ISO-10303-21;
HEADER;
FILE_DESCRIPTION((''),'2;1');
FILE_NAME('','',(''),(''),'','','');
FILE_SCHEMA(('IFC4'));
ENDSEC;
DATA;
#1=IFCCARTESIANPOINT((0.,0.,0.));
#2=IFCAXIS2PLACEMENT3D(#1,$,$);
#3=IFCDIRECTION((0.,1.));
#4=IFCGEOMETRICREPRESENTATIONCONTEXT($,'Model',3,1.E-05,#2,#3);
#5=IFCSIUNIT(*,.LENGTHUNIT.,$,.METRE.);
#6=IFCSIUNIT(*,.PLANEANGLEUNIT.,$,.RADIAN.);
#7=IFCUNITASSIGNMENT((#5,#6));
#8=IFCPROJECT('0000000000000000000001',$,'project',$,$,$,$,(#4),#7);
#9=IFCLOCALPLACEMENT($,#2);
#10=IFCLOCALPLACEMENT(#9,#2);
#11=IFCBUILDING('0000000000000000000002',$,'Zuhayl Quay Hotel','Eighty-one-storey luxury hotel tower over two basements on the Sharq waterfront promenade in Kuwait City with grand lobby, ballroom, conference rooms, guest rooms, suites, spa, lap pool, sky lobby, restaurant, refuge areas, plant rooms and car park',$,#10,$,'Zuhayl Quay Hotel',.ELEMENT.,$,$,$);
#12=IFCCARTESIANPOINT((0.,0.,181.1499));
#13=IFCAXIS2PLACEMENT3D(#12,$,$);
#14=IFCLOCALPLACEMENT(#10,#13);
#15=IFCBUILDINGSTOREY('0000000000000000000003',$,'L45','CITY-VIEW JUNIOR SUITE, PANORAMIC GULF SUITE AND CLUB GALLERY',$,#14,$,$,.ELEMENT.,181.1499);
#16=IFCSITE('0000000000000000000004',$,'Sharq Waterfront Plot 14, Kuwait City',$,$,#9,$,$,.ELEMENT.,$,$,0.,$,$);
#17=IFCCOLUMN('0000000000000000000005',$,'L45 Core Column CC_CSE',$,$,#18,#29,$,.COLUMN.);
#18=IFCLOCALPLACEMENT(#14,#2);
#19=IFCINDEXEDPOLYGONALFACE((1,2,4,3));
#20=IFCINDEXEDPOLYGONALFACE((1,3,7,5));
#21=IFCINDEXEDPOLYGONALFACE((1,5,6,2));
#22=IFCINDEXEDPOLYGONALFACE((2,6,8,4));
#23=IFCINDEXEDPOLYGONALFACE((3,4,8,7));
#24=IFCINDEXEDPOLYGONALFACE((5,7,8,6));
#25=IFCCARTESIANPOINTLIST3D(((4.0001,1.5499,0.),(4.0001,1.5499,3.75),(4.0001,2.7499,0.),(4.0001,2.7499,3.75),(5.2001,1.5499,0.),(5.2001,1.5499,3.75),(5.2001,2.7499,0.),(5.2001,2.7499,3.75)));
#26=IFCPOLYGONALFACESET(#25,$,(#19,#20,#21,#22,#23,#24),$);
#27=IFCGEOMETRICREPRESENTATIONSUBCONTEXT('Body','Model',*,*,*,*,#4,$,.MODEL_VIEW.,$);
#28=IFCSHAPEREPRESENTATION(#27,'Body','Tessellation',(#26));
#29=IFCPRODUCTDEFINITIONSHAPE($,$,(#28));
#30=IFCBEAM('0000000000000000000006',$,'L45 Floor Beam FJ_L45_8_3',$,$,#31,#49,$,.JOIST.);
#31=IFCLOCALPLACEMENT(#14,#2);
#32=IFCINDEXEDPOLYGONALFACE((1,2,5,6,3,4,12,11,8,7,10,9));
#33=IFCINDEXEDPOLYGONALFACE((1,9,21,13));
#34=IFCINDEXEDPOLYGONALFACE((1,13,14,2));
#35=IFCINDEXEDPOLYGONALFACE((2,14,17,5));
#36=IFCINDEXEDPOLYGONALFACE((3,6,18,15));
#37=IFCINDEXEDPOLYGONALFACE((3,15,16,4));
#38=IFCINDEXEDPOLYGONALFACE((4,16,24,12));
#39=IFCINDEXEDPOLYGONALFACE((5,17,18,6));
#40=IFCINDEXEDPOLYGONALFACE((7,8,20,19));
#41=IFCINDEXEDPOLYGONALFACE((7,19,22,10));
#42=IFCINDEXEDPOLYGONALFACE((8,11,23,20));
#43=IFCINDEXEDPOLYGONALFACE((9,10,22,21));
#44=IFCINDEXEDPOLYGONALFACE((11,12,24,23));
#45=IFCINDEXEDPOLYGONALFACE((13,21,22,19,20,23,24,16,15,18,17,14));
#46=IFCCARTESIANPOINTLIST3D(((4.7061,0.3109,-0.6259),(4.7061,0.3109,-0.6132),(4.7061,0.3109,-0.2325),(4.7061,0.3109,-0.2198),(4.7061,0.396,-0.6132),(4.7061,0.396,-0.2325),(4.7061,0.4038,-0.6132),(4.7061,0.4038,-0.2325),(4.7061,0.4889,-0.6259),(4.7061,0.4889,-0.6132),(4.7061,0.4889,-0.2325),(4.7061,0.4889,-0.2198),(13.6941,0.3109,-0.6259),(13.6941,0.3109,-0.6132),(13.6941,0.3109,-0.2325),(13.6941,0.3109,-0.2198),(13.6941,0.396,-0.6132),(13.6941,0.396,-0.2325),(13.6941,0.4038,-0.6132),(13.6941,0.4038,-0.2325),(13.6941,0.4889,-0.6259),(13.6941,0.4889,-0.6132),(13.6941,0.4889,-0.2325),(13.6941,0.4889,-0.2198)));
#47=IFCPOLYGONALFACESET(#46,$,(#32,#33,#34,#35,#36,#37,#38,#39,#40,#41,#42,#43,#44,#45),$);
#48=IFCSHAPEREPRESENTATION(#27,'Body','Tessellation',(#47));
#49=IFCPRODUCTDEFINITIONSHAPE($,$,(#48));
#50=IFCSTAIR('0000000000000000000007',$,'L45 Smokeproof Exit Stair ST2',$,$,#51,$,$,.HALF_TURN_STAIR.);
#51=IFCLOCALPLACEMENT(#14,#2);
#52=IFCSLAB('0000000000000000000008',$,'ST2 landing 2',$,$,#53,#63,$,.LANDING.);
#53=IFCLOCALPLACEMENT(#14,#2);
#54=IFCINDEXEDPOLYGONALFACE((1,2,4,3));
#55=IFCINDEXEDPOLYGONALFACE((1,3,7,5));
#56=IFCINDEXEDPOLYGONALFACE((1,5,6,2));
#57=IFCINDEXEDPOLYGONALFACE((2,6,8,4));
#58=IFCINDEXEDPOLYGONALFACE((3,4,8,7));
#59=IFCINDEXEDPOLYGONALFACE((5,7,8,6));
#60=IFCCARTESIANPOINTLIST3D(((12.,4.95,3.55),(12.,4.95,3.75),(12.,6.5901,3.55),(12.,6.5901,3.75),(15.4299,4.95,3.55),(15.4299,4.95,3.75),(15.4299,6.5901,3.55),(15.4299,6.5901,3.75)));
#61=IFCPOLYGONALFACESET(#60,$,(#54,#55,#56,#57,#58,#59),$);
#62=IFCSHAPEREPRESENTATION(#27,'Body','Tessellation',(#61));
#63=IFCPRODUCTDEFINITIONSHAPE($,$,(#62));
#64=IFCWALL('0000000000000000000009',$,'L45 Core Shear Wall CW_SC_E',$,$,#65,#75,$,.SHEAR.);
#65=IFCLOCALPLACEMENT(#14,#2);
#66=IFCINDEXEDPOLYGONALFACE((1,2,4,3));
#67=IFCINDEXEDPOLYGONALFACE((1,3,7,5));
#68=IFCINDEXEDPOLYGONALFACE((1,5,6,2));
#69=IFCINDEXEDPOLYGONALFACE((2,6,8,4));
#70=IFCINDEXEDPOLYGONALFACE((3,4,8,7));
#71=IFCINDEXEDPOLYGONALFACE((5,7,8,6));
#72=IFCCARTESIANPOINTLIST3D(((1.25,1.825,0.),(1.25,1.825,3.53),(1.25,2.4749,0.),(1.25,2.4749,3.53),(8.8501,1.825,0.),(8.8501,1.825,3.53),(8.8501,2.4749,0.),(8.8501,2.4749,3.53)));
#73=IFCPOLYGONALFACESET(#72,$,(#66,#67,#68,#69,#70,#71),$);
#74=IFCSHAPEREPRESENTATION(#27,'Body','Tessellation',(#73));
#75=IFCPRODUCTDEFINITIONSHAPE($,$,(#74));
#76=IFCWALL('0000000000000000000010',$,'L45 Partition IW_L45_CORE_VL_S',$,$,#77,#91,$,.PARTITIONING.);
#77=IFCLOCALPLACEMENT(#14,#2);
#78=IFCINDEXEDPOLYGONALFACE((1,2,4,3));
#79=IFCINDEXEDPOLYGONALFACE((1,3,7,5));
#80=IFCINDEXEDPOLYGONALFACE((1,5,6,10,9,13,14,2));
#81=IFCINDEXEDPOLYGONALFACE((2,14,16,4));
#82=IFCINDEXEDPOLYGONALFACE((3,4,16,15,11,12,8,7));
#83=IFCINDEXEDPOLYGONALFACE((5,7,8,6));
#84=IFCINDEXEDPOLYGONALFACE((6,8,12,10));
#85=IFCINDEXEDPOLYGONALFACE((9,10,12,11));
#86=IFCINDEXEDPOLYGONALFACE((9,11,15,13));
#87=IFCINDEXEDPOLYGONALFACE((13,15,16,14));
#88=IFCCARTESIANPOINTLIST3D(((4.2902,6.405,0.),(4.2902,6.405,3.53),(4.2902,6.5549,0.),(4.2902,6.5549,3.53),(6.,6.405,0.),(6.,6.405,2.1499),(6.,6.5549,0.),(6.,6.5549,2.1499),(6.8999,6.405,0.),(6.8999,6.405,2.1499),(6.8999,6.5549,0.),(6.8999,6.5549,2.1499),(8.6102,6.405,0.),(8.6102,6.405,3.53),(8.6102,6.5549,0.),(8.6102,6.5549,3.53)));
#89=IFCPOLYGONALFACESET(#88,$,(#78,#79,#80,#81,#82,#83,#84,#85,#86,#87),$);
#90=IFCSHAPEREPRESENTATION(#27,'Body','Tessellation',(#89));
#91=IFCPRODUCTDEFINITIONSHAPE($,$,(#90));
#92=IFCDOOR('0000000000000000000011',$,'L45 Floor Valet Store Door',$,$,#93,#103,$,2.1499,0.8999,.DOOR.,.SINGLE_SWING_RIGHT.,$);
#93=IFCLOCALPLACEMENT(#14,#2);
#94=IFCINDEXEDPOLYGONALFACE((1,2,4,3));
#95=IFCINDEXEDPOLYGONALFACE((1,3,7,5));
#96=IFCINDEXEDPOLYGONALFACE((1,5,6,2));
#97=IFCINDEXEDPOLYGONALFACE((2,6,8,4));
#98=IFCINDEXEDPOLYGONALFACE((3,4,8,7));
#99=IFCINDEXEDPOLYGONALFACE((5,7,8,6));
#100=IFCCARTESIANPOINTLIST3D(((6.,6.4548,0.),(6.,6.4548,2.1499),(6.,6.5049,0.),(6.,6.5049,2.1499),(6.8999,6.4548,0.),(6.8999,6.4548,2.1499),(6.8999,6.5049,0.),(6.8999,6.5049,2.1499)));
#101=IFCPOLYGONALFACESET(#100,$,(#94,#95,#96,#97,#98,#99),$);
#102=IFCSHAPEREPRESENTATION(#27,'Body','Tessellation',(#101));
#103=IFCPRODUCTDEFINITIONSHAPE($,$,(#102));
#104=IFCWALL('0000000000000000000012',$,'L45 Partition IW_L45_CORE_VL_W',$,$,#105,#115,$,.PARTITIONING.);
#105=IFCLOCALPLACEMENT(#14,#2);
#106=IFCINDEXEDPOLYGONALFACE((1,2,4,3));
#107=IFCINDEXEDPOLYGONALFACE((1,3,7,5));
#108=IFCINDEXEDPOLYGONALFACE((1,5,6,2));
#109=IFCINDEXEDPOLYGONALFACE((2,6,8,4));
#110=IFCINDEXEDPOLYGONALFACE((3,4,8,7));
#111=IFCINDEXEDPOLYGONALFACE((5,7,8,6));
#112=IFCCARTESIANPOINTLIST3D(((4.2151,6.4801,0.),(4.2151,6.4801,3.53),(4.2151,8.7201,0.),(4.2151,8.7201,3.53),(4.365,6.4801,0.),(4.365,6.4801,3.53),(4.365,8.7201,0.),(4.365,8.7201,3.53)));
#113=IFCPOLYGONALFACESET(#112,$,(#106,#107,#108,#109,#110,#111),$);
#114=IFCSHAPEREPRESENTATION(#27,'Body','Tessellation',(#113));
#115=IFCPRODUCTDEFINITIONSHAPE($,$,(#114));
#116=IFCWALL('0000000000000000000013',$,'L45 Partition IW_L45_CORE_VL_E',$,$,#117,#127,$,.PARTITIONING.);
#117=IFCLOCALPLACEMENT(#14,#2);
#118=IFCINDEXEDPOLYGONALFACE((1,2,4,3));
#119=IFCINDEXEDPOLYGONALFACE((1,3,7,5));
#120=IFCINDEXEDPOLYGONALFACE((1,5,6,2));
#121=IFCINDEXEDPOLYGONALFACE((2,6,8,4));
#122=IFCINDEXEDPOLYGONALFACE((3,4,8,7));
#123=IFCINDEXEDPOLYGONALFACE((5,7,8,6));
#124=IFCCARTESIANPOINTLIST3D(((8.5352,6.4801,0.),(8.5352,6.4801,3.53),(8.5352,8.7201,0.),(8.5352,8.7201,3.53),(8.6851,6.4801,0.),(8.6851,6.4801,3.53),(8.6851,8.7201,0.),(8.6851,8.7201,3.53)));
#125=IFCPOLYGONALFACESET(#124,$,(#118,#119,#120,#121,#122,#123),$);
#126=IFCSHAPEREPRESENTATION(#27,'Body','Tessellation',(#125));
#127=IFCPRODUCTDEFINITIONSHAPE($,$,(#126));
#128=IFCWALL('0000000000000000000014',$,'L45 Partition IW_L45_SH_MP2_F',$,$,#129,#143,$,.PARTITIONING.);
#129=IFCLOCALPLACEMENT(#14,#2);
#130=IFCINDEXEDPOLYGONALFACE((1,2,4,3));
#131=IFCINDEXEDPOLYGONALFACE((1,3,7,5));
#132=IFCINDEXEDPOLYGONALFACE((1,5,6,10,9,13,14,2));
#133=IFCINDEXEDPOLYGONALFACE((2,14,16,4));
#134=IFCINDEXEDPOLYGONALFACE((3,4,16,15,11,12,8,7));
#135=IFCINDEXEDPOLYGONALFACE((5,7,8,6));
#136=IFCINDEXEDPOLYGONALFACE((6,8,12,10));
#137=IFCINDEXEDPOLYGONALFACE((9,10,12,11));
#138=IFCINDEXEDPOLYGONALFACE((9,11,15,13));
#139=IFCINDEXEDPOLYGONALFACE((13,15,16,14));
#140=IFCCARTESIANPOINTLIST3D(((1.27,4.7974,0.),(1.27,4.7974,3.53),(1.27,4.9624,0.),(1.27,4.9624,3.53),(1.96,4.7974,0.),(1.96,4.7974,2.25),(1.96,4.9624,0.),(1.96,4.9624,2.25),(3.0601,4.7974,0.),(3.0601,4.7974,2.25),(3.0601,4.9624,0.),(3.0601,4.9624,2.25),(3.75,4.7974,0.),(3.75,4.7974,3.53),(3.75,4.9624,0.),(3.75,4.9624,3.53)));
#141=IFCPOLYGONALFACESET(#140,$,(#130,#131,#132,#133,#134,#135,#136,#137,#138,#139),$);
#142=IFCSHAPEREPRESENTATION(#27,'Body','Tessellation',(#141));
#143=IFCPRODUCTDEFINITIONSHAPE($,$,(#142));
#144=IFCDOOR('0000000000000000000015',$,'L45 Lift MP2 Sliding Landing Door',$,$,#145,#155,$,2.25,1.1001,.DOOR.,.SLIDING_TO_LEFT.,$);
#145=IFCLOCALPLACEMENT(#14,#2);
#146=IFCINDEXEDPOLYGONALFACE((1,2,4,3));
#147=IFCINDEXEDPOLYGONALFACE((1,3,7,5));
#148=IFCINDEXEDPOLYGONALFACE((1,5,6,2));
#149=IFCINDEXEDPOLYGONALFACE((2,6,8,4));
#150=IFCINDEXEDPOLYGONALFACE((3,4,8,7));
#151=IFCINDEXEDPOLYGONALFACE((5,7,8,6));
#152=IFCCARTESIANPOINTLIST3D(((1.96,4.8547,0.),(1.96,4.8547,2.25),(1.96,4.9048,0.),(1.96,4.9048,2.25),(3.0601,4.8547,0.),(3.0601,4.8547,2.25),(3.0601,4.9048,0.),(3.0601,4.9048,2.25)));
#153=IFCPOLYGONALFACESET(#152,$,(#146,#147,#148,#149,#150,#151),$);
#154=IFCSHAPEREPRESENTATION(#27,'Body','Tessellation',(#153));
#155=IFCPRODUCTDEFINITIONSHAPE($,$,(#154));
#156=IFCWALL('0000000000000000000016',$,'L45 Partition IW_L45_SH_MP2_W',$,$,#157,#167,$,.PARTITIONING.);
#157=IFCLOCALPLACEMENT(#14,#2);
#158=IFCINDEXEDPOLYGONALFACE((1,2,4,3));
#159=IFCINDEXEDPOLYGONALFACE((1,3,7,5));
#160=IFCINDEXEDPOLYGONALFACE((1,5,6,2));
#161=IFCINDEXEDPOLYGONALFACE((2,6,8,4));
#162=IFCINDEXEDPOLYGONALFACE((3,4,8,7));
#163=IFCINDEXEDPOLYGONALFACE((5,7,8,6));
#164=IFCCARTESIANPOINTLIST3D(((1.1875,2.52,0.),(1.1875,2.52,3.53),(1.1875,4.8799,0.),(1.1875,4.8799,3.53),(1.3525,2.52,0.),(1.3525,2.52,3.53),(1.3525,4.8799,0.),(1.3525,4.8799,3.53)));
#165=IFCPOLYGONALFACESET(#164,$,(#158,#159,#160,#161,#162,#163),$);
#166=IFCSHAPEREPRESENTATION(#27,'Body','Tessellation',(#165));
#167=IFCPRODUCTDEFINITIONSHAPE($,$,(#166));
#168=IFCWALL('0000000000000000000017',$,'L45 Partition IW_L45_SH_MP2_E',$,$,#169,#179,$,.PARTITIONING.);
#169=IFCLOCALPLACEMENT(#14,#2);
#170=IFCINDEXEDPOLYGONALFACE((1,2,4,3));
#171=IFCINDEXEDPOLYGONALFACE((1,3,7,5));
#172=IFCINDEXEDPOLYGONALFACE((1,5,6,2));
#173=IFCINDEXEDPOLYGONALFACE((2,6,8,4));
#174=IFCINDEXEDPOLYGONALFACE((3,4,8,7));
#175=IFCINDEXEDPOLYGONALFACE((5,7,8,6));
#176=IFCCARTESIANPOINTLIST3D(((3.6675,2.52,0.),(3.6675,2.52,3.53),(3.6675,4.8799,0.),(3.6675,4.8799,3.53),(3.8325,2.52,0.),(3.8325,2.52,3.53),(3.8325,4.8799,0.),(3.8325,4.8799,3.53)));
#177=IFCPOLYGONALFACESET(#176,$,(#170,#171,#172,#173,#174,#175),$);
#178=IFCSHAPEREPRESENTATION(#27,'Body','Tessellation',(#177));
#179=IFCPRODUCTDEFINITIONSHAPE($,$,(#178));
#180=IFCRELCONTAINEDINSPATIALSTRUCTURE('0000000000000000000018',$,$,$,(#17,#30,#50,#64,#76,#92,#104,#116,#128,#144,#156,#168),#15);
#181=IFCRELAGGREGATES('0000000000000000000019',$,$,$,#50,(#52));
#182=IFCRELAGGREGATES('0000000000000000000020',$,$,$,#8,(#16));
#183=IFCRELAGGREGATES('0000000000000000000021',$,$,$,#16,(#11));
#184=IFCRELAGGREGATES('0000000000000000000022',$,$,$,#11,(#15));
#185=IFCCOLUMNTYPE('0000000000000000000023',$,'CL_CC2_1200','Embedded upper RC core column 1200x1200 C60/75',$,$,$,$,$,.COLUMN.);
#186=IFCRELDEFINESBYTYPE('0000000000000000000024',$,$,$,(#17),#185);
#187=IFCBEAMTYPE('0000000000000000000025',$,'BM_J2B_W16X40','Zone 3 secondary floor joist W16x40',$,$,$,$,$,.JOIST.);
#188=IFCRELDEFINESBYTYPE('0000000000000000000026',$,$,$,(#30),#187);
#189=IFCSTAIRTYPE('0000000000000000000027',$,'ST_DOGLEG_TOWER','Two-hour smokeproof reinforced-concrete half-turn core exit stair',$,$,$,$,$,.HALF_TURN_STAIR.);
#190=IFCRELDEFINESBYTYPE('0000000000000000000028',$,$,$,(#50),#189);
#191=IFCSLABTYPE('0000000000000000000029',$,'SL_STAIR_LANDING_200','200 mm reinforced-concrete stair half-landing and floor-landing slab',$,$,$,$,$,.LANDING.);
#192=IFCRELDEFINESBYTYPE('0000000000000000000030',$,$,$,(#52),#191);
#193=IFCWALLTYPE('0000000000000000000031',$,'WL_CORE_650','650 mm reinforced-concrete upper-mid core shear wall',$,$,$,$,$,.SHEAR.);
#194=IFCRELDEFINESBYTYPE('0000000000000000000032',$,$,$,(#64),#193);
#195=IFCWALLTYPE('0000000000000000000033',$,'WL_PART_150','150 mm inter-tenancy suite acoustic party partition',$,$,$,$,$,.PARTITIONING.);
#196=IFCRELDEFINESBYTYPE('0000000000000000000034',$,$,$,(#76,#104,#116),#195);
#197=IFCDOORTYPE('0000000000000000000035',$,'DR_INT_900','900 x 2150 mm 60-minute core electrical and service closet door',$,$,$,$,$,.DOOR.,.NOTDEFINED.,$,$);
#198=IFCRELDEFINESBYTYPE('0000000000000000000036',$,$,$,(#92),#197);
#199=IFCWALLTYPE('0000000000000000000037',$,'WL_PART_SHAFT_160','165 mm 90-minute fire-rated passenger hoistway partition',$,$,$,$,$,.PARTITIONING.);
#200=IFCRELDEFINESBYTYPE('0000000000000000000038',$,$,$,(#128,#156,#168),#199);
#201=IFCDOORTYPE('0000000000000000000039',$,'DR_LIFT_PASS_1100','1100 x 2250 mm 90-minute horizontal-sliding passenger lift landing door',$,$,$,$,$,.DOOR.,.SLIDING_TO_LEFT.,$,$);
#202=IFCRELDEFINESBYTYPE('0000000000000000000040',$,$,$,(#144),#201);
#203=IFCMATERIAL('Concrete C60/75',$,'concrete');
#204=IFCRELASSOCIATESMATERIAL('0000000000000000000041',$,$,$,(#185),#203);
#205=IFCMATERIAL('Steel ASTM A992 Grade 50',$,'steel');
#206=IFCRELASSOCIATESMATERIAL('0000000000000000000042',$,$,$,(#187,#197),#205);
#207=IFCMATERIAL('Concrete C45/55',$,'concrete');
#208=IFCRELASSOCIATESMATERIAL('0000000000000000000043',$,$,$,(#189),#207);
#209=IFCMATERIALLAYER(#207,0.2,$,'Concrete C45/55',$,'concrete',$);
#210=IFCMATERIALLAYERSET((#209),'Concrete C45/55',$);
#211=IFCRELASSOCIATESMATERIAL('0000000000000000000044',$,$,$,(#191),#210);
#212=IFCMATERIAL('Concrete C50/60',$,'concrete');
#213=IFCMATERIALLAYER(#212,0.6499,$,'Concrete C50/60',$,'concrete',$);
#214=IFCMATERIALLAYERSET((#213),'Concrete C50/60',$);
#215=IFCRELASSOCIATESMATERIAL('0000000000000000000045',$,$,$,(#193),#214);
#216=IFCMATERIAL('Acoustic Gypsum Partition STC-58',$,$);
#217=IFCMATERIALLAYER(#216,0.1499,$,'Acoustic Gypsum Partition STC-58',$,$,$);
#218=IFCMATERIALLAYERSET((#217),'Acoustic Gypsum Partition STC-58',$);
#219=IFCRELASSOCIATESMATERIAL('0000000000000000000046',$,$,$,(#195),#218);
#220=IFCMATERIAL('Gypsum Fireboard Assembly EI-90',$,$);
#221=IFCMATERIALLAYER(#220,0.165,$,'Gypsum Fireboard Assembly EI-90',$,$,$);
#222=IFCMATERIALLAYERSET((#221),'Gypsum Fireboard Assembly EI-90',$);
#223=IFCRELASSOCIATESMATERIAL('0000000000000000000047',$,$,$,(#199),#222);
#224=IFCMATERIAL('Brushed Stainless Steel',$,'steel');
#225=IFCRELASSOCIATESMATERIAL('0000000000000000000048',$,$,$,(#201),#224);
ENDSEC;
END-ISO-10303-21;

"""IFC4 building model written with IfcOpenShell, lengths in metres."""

from ifc_helpers import new_model, si_unit, direction, frame, frame_2d, origin, origin_2d, place, context, subcontext, project, spatial, polyline, rectangle, i_section, outline, extrude, material, layer, layer_set, material_profile, profile_set, type_object, element, fill, aggregate, save


model = new_model("IFC4")

# Units and contexts
model_context = context("Model", 3, precision=1e-05, world=origin(), true_north=direction((0.0, 1.0)))
body_context = subcontext(model_context, "Body", "Model", "MODEL_VIEW")
ifc_project = project(units=[si_unit("LENGTHUNIT", "METRE"), si_unit("PLANEANGLEUNIT", "RADIAN")], contexts=[model_context])

# Site, building, storey
site_placement = place(None, origin())
site = spatial("IfcSite", under=ifc_project, at=site_placement, Name="Sharq Waterfront Plot 14, Kuwait City", CompositionType="ELEMENT", RefElevation=0.0)
building_placement = place(site_placement, origin())
building = spatial("IfcBuilding", under=site, at=building_placement, Name="Zuhayl Quay Hotel", Description="Eighty-one-storey luxury hotel tower over two basements on the Sharq waterfront promenade in Kuwait City with grand lobby, ballroom, conference rooms, guest rooms, suites, spa, lap pool, sky lobby, restaurant, refuge areas, plant rooms and car park", LongName="Zuhayl Quay Hotel", CompositionType="ELEMENT")
storey_placement = place(building_placement, frame((0.0, 0.0, 181.1499)))
storey = spatial("IfcBuildingStorey", under=building, at=storey_placement, Name="L45", Description="CITY-VIEW JUNIOR SUITE, PANORAMIC GULF SUITE AND CLUB GALLERY", CompositionType="ELEMENT", Elevation=181.1499)

# Column
ifc_material_1 = material(Name="Concrete C60/75", Category="concrete")
ifc_material_profile_1 = material_profile(ifc_material_1, rectangle(XDim=1.2, YDim=1.2, at=origin_2d()), Name="RC1200X1200")
ifc_profile_set_1 = profile_set([ifc_material_profile_1], Name="Concrete C60/75")
column_type = type_object("IfcColumnType", Name="CL_CC2_1200", Description="Embedded upper RC core column 1200x1200 C60/75", PredefinedType="COLUMN", material=ifc_profile_set_1)
column_placement = place(storey_placement, frame((4.6001, 2.1499, 0.0), z_axis=(0.0, 0.0, 1.0), x_axis=(1.0, 0.0, 0.0)))
element("IfcColumn", 1, at=column_placement, inside=storey, type_object=column_type, Name="L45 Core Column CC_CSE", PredefinedType="COLUMN", context=body_context, shape_type="SweptSolid", body=[
    extrude(rectangle(XDim=1.2, YDim=1.2, at=origin_2d()), origin(), (0.0, 0.0, 1.0), 3.75),
])

# Beam
ifc_material_2 = material(Name="Steel ASTM A992 Grade 50", Category="steel")
ifc_material_profile_2 = material_profile(ifc_material_2, i_section(OverallWidth=0.178, OverallDepth=0.406, WebThickness=0.0078, FlangeThickness=0.0127, at=origin_2d()), Name="W16X40")
ifc_profile_set_2 = profile_set([ifc_material_profile_2], Name="Steel ASTM A992 Grade 50")
beam_type = type_object("IfcBeamType", Name="BM_J2B_W16X40", Description="Zone 3 secondary floor joist W16x40", PredefinedType="JOIST", material=ifc_profile_set_2)
beam_placement = place(storey_placement, frame((4.7061, 0.3999, -0.4229), z_axis=(1.0, 0.0, 0.0), x_axis=(0.0, 1.0, 0.0)))
element("IfcBeam", 2, at=beam_placement, inside=storey, type_object=beam_type, Name="L45 Floor Beam FJ_L45_8_3", PredefinedType="JOIST", context=body_context, shape_type="SweptSolid", body=[
    extrude(i_section(OverallWidth=0.178, OverallDepth=0.406, WebThickness=0.0078, FlangeThickness=0.0127, at=origin_2d()), origin(), (0.0, 0.0, 1.0), 8.988),
])

# Stair, slab
ifc_material_3 = material(Name="Concrete C45/55", Category="concrete")
stair_type = type_object("IfcStairType", Name="ST_DOGLEG_TOWER", Description="Two-hour smokeproof reinforced-concrete half-turn core exit stair", PredefinedType="HALF_TURN_STAIR", material=ifc_material_3)
stair_placement = place(storey_placement, origin())
stair = element("IfcStair", 3, at=stair_placement, inside=storey, type_object=stair_type, Name="L45 Smokeproof Exit Stair ST2", PredefinedType="HALF_TURN_STAIR")
ifc_layer_1 = layer(ifc_material_3, 0.2, Name="Concrete C45/55", Category="concrete")
ifc_layer_set_1 = layer_set([ifc_layer_1], Name="Concrete C45/55")
slab_type = type_object("IfcSlabType", Name="SL_STAIR_LANDING_200", Description="200 mm reinforced-concrete stair half-landing and floor-landing slab", PredefinedType="LANDING", material=ifc_layer_set_1)
slab_placement = place(storey_placement, frame((0.0, 0.0, 3.55)))
slab = element("IfcSlab", 4, at=slab_placement, type_object=slab_type, Name="ST2 landing 2", PredefinedType="LANDING", context=body_context, shape_type="SweptSolid", body=[
    extrude(outline(polyline([(15.4299, 4.95), (15.4299, 6.5901), (12.0, 6.5901), (12.0, 4.95), (15.4299, 4.95)])), origin(), (0.0, 0.0, 1.0), 0.2),
])
aggregate(stair, [slab])

# Wall
ifc_material_4 = material(Name="Concrete C50/60", Category="concrete")
ifc_layer_2 = layer(ifc_material_4, 0.6499, Name="Concrete C50/60", Category="concrete")
ifc_layer_set_2 = layer_set([ifc_layer_2], Name="Concrete C50/60")
wall_type_1 = type_object("IfcWallType", Name="WL_CORE_650", Description="650 mm reinforced-concrete upper-mid core shear wall", PredefinedType="SHEAR", material=ifc_layer_set_2)
wall_1_placement = place(storey_placement, frame((1.25, 2.1499, 0.0), z_axis=(0.0, 0.0, 1.0), x_axis=(1.0, 0.0, 0.0)))
element("IfcWall", 5, at=wall_1_placement, inside=storey, type_object=wall_type_1, Name="L45 Core Shear Wall CW_SC_E", PredefinedType="SHEAR", context=body_context, shape_type="SweptSolid", body=[
    extrude(rectangle(XDim=7.6001, YDim=0.6499, at=frame_2d((3.8, 0.0))), origin(), (0.0, 0.0, 1.0), 3.53),
])

# Wall, opening, door
ifc_material_5 = material(Name="Acoustic Gypsum Partition STC-58")
ifc_layer_3 = layer(ifc_material_5, 0.1499, Name="Acoustic Gypsum Partition STC-58")
ifc_layer_set_3 = layer_set([ifc_layer_3], Name="Acoustic Gypsum Partition STC-58")
wall_type_2 = type_object("IfcWallType", Name="WL_PART_150", Description="150 mm inter-tenancy suite acoustic party partition", PredefinedType="PARTITIONING", material=ifc_layer_set_3)
wall_2_placement = place(storey_placement, frame((4.29, 6.48, 0.0), z_axis=(0.0, 0.0, 1.0), x_axis=(1.0, 0.0, 0.0)))
wall_2 = element("IfcWall", 6, at=wall_2_placement, inside=storey, type_object=wall_type_2, Name="L45 Partition IW_L45_CORE_VL_S", PredefinedType="PARTITIONING", context=body_context, shape_type="SweptSolid", body=[
    extrude(rectangle(XDim=4.3201, YDim=0.1499, at=frame_2d((2.1602, 0.0))), origin(), (0.0, 0.0, 1.0), 3.53),
])
opening_1_placement = place(wall_2_placement, frame((1.71, 0.0, 0.0)))
opening_1 = element("IfcOpeningElement", 7, at=opening_1_placement, cuts=wall_2, PredefinedType="OPENING", context=body_context, shape_type="SweptSolid", body=[
    extrude(rectangle(XDim=0.8999, YDim=2.1499, at=frame_2d((0.45, 1.075))), frame((0.0, 0.085, 0.0), z_axis=(0.0, -1.0, 0.0), x_axis=(1.0, 0.0, 0.0)), (0.0, 0.0, 1.0), 0.1699),
])
door_type_1 = type_object("IfcDoorType", Name="DR_INT_900", Description="900 x 2150 mm 60-minute core electrical and service closet door", OperationType="NOTDEFINED", PredefinedType="DOOR", material=ifc_material_2)
door_1_placement = place(opening_1_placement, origin())
door_1 = element("IfcDoor", 8, at=door_1_placement, inside=storey, type_object=door_type_1, Name="L45 Floor Valet Store Door", OperationType="SINGLE_SWING_RIGHT", OverallHeight=2.1499, OverallWidth=0.8999, PredefinedType="DOOR", context=body_context, shape_type="SweptSolid", body=[
    extrude(rectangle(XDim=0.8999, YDim=2.1499, at=frame_2d((0.45, 1.075))), frame((0.0, 0.0249, 0.0), z_axis=(0.0, -1.0, 0.0), x_axis=(1.0, 0.0, 0.0)), (0.0, 0.0, 1.0), 0.05),
])
fill(opening_1, door_1)

# Walls
for number, where, z_axis, x_axis, name in (
    (9, (4.29, 6.48, 0.0), (0.0, 0.0, 1.0), (0.0, 1.0, 0.0), "L45 Partition IW_L45_CORE_VL_W"),
    (10, (8.6101, 6.48, 0.0), (0.0, 0.0, 1.0), (0.0, 1.0, 0.0), "L45 Partition IW_L45_CORE_VL_E"),
):
    element("IfcWall", number, at=place(storey_placement, frame(where, z_axis=z_axis, x_axis=x_axis)), inside=storey, type_object=wall_type_2, Name=name, PredefinedType="PARTITIONING", context=body_context, shape_type="SweptSolid", body=[
        extrude(rectangle(XDim=2.24, YDim=0.1499, at=frame_2d((1.1201, 0.0))), origin(), (0.0, 0.0, 1.0), 3.53),
    ])

# Wall, opening, door
ifc_material_6 = material(Name="Gypsum Fireboard Assembly EI-90")
ifc_layer_4 = layer(ifc_material_6, 0.165, Name="Gypsum Fireboard Assembly EI-90")
ifc_layer_set_4 = layer_set([ifc_layer_4], Name="Gypsum Fireboard Assembly EI-90")
wall_type_3 = type_object("IfcWallType", Name="WL_PART_SHAFT_160", Description="165 mm 90-minute fire-rated passenger hoistway partition", PredefinedType="PARTITIONING", material=ifc_layer_set_4)
wall_3_placement = place(storey_placement, frame((1.27, 4.8799, 0.0), z_axis=(0.0, 0.0, 1.0), x_axis=(1.0, 0.0, 0.0)))
wall_3 = element("IfcWall", 11, at=wall_3_placement, inside=storey, type_object=wall_type_3, Name="L45 Partition IW_L45_SH_MP2_F", PredefinedType="PARTITIONING", context=body_context, shape_type="SweptSolid", body=[
    extrude(rectangle(XDim=2.48, YDim=0.165, at=frame_2d((1.24, 0.0))), origin(), (0.0, 0.0, 1.0), 3.53),
])
opening_2_placement = place(wall_3_placement, frame((0.6899, 0.0, 0.0)))
opening_2 = element("IfcOpeningElement", 12, at=opening_2_placement, cuts=wall_3, PredefinedType="OPENING", context=body_context, shape_type="SweptSolid", body=[
    extrude(rectangle(XDim=1.1001, YDim=2.25, at=frame_2d((0.55, 1.125))), frame((0.0, 0.0925, 0.0), z_axis=(0.0, -1.0, 0.0), x_axis=(1.0, 0.0, 0.0)), (0.0, 0.0, 1.0), 0.1851),
])
ifc_material_7 = material(Name="Brushed Stainless Steel", Category="steel")
door_type_2 = type_object("IfcDoorType", Name="DR_LIFT_PASS_1100", Description="1100 x 2250 mm 90-minute horizontal-sliding passenger lift landing door", OperationType="SLIDING_TO_LEFT", PredefinedType="DOOR", material=ifc_material_7)
door_2_placement = place(opening_2_placement, origin())
door_2 = element("IfcDoor", 13, at=door_2_placement, inside=storey, type_object=door_type_2, Name="L45 Lift MP2 Sliding Landing Door", OperationType="SLIDING_TO_LEFT", OverallHeight=2.25, OverallWidth=1.1001, PredefinedType="DOOR", context=body_context, shape_type="SweptSolid", body=[
    extrude(rectangle(XDim=1.1001, YDim=2.25, at=frame_2d((0.55, 1.125))), frame((0.0, 0.0249, 0.0), z_axis=(0.0, -1.0, 0.0), x_axis=(1.0, 0.0, 0.0)), (0.0, 0.0, 1.0), 0.05),
])
fill(opening_2, door_2)

# Walls
for number, where, z_axis, x_axis, name in (
    (14, (1.27, 2.52, 0.0), (0.0, 0.0, 1.0), (0.0, 1.0, 0.0), "L45 Partition IW_L45_SH_MP2_W"),
    (15, (3.75, 2.52, 0.0), (0.0, 0.0, 1.0), (0.0, 1.0, 0.0), "L45 Partition IW_L45_SH_MP2_E"),
):
    element("IfcWall", number, at=place(storey_placement, frame(where, z_axis=z_axis, x_axis=x_axis)), inside=storey, type_object=wall_type_3, Name=name, PredefinedType="PARTITIONING", context=body_context, shape_type="SweptSolid", body=[
        extrude(rectangle(XDim=2.3599, YDim=0.165, at=frame_2d((1.1799, 0.0))), origin(), (0.0, 0.0, 1.0), 3.53),
    ])

save(model, "model.ifc")
